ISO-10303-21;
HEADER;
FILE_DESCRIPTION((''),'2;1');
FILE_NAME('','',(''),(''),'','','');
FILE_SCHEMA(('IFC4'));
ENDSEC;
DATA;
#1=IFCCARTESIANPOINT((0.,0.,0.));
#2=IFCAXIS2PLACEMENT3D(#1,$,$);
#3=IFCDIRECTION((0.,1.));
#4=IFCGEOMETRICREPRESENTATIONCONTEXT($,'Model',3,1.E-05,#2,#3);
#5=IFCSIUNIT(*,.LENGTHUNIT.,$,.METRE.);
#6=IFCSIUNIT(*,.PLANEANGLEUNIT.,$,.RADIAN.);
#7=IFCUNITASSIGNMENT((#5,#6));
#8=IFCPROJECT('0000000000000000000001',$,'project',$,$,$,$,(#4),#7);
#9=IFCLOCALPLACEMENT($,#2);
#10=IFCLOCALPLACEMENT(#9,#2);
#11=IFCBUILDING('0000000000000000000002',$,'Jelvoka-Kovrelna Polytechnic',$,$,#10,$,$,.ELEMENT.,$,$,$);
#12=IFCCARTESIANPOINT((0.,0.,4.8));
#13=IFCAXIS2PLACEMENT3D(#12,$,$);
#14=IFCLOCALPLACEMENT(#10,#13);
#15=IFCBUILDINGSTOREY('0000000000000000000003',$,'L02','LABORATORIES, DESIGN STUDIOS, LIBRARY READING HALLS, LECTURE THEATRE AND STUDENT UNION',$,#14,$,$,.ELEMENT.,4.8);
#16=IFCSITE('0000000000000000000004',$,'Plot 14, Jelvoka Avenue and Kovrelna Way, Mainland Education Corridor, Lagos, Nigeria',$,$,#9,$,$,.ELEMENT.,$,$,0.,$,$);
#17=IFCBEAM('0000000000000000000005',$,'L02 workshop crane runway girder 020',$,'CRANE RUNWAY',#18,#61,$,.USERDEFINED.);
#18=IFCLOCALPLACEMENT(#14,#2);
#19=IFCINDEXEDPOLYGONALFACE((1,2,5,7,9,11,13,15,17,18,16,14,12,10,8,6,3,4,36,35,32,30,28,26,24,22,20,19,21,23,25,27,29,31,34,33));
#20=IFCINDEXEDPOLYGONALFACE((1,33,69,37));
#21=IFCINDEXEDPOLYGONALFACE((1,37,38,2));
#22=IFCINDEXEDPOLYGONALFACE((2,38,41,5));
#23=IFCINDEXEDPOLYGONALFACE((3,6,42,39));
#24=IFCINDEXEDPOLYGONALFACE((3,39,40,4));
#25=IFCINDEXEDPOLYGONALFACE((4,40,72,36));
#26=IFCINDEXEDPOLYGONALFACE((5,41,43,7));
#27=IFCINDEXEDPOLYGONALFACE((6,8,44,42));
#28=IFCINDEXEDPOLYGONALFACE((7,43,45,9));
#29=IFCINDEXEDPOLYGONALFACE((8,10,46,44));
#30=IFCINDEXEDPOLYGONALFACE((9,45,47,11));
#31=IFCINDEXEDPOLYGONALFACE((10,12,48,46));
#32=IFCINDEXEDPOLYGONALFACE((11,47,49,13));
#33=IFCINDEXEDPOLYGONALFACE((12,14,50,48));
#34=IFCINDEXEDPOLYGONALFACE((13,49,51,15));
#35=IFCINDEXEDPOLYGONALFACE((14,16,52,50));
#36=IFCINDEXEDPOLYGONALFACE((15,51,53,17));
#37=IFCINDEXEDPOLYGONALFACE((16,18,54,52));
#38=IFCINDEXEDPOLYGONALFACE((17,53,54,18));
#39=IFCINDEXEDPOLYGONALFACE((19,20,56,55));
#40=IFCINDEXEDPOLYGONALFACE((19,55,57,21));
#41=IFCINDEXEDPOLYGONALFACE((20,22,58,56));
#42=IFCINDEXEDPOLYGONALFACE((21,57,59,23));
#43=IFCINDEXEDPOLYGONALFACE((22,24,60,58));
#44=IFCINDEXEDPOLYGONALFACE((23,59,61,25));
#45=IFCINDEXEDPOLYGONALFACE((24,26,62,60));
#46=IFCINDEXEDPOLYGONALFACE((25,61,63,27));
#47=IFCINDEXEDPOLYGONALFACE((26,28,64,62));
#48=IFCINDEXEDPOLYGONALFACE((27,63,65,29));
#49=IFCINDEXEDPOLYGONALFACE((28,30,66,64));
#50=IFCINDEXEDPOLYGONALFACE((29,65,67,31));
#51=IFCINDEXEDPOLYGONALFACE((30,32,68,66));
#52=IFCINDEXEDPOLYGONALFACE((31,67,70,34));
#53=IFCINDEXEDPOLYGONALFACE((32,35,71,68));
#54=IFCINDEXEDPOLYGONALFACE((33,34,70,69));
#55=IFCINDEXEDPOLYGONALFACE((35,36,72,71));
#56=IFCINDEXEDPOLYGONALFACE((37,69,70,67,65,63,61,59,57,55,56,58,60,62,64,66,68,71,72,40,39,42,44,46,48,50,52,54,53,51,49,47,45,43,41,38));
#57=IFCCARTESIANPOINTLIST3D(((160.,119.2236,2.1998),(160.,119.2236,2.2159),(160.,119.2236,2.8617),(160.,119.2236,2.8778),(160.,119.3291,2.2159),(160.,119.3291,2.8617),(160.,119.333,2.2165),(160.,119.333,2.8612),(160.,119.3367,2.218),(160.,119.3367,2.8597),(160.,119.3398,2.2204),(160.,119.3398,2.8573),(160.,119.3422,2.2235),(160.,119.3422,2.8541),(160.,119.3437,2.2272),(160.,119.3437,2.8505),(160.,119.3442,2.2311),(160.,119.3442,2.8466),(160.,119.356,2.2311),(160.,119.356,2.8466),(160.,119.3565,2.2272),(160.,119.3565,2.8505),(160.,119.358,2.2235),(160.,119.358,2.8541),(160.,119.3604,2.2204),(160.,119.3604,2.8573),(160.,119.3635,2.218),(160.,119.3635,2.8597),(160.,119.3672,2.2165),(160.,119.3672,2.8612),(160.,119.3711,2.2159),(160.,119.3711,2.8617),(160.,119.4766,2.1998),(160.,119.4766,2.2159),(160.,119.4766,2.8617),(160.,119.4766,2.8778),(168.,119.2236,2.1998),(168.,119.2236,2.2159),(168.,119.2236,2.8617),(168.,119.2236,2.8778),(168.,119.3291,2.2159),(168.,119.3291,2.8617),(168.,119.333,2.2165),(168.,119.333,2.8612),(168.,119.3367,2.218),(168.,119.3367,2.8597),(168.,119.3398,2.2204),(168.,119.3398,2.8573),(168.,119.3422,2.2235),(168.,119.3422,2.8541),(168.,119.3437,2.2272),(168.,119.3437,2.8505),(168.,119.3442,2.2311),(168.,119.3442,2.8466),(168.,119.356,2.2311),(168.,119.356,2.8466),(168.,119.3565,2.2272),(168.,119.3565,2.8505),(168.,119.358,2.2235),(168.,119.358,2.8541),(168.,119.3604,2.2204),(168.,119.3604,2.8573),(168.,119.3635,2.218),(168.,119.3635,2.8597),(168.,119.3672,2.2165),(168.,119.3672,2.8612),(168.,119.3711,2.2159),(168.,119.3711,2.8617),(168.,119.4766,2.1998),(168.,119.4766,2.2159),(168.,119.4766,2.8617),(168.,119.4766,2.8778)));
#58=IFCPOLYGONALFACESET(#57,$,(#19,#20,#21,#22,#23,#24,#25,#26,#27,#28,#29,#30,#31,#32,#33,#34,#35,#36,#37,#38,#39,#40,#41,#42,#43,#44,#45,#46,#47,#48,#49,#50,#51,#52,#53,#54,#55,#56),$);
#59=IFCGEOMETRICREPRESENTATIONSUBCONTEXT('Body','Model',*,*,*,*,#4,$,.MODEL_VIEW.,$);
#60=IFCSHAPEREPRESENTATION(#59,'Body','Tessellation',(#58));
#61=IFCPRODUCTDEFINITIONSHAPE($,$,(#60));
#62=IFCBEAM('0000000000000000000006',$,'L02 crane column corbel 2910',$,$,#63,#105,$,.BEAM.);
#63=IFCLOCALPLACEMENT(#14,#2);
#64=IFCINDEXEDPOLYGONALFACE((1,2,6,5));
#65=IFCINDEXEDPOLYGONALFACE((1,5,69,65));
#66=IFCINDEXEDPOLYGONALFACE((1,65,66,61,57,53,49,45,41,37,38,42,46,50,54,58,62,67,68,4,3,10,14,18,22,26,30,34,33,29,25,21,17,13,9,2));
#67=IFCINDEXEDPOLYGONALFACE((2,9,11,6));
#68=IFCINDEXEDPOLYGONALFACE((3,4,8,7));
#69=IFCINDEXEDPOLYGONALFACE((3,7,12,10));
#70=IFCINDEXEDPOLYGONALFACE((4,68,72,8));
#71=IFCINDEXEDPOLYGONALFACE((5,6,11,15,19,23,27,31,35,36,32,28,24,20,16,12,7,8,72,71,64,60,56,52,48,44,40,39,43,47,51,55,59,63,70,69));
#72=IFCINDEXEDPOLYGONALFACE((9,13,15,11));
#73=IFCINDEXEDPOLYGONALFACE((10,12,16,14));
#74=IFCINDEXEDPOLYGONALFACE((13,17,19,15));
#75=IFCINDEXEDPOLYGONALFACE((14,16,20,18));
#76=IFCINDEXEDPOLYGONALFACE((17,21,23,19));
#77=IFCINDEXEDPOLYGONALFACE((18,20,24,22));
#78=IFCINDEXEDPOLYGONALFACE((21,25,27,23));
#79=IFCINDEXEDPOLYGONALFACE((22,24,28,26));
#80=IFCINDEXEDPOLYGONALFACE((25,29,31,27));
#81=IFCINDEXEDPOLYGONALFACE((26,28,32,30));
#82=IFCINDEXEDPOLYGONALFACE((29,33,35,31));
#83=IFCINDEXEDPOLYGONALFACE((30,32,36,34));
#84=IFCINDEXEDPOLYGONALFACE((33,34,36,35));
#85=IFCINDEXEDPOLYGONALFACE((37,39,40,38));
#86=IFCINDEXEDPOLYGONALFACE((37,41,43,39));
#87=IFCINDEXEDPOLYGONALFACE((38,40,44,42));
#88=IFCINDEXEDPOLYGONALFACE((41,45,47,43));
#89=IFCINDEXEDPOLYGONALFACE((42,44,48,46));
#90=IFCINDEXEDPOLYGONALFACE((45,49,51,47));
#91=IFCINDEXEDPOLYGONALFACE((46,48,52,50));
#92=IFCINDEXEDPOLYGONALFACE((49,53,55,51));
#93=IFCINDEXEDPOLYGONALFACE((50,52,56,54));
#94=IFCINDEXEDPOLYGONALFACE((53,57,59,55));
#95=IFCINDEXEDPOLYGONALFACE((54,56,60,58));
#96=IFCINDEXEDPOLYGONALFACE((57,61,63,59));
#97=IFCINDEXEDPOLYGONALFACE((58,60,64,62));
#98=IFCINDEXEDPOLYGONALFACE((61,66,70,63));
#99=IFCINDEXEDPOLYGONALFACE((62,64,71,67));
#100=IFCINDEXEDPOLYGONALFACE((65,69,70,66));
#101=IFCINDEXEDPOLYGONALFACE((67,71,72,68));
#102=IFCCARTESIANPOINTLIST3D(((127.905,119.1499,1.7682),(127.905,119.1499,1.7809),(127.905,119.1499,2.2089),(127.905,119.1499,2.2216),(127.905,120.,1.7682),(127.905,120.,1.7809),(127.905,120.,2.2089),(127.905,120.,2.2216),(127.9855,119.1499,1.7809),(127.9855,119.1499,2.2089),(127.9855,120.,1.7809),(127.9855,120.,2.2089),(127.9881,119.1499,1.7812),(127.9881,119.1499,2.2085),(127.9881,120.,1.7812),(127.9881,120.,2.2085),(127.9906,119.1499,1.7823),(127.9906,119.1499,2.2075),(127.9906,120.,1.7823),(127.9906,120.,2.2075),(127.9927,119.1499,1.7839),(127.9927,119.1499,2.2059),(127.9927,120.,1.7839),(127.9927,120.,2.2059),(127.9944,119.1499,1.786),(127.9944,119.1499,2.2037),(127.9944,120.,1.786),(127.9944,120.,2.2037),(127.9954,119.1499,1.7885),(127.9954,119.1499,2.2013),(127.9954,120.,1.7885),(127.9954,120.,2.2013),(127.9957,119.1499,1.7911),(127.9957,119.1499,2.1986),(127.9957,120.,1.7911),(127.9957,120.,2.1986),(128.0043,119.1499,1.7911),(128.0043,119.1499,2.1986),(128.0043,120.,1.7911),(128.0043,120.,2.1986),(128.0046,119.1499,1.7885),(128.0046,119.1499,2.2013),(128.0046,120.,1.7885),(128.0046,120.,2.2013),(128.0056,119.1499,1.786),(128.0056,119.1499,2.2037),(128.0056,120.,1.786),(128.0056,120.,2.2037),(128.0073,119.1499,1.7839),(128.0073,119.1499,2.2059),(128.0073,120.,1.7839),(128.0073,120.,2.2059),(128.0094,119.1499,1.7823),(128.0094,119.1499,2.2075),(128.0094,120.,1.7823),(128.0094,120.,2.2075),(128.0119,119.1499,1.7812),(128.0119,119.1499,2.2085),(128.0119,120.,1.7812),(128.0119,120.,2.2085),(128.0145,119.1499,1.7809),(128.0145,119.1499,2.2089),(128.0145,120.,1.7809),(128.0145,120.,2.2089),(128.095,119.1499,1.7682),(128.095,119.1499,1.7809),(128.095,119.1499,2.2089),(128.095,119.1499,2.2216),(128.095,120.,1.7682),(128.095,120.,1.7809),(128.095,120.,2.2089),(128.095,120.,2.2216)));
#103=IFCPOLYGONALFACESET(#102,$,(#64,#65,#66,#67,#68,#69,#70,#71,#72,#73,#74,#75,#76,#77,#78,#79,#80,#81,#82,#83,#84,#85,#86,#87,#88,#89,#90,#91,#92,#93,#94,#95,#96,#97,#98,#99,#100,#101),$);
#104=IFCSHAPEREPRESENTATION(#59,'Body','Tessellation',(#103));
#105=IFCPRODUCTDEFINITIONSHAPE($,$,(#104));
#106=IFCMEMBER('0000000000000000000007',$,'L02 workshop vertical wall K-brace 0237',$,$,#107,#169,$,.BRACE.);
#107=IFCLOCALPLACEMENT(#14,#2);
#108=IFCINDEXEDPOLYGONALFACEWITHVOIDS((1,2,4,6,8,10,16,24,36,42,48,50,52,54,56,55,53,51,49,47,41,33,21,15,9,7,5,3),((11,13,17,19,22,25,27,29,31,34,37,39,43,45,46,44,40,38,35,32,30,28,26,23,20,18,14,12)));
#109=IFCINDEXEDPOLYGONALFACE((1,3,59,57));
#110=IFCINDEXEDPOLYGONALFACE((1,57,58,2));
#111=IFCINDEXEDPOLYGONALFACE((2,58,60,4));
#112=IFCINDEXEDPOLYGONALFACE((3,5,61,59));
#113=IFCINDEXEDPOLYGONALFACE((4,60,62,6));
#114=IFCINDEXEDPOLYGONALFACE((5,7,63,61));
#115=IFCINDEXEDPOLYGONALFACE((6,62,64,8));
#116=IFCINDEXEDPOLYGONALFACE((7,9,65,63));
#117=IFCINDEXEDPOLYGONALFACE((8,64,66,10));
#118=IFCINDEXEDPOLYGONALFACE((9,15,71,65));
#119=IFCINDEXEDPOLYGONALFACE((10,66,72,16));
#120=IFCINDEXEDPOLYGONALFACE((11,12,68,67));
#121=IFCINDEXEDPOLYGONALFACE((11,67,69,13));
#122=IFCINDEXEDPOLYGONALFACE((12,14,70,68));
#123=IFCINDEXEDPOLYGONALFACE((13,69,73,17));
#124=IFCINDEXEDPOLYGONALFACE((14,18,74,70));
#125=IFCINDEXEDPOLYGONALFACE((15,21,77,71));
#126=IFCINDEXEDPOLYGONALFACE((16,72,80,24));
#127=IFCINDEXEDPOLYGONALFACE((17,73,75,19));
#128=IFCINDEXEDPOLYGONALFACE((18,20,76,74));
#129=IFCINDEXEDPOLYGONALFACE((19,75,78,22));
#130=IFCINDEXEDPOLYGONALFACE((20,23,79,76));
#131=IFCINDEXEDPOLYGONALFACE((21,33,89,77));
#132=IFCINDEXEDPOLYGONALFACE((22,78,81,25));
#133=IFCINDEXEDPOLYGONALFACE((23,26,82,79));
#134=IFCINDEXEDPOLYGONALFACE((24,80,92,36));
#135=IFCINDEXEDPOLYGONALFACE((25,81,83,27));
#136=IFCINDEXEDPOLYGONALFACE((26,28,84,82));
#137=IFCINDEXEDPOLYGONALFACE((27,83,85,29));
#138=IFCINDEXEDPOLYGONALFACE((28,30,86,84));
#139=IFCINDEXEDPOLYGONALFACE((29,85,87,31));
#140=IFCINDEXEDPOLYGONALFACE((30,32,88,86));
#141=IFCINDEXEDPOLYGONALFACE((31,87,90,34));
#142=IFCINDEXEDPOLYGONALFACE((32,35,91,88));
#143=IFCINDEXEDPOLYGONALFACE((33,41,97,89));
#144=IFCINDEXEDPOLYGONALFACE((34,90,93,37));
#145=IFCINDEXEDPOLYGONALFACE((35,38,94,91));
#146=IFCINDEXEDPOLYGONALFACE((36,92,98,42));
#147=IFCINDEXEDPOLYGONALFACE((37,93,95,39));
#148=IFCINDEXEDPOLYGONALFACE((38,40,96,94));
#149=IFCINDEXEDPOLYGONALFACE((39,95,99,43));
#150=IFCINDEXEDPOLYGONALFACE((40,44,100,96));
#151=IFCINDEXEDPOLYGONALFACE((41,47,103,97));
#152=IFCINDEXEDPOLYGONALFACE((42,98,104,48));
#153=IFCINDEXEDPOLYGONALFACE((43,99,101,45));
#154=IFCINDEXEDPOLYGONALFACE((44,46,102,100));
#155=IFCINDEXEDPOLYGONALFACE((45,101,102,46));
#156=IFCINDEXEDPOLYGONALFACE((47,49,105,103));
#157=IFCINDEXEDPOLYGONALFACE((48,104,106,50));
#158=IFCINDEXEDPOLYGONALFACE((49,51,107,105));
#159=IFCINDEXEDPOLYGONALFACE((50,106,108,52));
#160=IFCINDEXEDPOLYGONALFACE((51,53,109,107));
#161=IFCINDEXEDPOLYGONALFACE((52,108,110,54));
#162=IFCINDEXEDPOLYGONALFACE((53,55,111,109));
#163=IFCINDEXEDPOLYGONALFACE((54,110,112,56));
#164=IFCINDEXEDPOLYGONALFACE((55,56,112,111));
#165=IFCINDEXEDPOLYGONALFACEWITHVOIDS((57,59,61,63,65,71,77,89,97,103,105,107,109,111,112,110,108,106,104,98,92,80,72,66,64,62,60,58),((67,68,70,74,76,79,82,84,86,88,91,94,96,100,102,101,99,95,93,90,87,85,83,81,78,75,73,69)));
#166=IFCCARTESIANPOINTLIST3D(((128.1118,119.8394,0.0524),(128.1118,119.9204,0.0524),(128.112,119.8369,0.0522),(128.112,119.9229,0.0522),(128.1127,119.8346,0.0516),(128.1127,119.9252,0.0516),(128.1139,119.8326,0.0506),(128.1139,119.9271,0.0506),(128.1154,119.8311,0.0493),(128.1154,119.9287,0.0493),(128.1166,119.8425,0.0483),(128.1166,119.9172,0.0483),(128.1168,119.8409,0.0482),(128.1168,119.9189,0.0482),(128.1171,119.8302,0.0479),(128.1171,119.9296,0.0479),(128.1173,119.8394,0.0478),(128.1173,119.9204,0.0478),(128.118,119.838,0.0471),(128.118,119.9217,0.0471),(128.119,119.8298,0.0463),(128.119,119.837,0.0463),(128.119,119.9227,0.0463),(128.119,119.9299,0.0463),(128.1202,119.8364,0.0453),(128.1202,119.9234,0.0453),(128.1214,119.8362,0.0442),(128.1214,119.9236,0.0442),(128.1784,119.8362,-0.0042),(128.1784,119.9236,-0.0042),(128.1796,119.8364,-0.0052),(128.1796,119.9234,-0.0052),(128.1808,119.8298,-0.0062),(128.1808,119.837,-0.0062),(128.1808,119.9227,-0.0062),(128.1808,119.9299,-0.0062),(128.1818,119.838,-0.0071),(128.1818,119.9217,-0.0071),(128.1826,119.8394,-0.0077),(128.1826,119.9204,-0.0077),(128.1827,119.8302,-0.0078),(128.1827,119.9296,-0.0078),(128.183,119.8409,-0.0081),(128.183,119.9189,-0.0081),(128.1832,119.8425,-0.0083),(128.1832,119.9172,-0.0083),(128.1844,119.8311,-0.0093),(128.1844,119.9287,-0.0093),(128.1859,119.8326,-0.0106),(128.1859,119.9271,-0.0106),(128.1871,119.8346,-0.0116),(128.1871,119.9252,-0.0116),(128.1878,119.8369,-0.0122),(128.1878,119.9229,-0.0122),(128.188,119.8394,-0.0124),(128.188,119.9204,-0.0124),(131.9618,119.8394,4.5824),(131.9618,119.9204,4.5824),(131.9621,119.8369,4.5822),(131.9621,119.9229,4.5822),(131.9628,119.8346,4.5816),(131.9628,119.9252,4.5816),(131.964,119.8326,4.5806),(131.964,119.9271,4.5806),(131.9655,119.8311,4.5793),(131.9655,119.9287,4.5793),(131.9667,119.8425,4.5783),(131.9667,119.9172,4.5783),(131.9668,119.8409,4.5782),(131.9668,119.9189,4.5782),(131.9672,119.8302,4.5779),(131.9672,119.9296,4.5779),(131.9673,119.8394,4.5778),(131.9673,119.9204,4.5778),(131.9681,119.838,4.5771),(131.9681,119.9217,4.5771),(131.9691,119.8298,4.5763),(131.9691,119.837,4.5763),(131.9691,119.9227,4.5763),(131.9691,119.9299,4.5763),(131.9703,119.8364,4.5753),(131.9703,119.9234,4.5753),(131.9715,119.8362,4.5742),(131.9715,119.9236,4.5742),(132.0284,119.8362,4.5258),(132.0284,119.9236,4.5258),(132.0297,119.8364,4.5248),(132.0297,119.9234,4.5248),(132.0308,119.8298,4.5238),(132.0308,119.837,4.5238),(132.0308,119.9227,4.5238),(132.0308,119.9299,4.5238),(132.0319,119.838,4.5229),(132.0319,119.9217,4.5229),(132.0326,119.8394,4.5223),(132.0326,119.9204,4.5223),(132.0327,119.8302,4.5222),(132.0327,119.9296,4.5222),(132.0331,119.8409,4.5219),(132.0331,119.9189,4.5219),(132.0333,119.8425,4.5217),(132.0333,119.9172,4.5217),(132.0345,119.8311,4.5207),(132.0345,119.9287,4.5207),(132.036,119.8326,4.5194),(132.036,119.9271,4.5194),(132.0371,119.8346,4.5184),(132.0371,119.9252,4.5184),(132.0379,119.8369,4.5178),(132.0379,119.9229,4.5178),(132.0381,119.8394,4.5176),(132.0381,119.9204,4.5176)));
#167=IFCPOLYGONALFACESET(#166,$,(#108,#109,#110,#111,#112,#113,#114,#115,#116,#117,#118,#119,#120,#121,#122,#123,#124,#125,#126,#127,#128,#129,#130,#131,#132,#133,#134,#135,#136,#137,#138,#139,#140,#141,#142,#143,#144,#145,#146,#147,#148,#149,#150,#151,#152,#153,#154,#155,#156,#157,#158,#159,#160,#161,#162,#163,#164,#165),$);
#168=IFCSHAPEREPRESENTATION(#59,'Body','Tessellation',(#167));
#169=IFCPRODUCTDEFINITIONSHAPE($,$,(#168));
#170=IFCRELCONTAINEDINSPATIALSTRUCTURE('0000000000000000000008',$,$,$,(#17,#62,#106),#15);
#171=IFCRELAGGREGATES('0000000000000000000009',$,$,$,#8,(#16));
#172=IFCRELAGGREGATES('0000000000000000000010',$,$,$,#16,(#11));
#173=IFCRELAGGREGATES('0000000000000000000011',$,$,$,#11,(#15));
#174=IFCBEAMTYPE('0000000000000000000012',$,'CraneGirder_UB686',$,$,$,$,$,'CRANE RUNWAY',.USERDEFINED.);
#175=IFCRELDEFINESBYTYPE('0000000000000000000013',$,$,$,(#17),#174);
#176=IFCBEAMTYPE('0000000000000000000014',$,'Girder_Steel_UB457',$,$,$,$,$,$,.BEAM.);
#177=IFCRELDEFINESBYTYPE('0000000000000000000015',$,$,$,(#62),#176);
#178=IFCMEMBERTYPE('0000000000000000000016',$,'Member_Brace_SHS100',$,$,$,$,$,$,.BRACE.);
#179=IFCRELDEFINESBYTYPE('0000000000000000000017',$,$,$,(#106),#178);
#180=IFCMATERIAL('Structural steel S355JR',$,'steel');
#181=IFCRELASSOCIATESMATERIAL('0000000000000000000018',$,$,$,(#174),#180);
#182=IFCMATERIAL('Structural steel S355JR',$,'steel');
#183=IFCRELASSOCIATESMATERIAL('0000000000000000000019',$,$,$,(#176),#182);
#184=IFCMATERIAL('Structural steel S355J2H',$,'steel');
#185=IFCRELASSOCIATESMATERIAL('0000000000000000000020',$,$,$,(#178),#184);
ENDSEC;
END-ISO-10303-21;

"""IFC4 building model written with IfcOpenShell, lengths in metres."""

from ifc_helpers import new_model, si_unit, direction, frame, origin, origin_2d, place, context, subcontext, project, spatial, hollow_rectangle, i_section, extrude, material, material_profile, profile_set, type_object, element, save


model = new_model("IFC4")

# Units and contexts
model_context = context("Model", 3, precision=1e-05, world=origin(), true_north=direction((0.0, 1.0)))
body_context = subcontext(model_context, "Body", "Model", "MODEL_VIEW")
ifc_project = project(units=[si_unit("LENGTHUNIT", "METRE"), si_unit("PLANEANGLEUNIT", "RADIAN")], contexts=[model_context])

# Site, building, storey
site_placement = place(None, origin())
site = spatial("IfcSite", under=ifc_project, at=site_placement, Name="Plot 14, Jelvoka Avenue and Kovrelna Way, Mainland Education Corridor, Lagos, Nigeria", CompositionType="ELEMENT", RefElevation=0.0)
building_placement = place(site_placement, origin())
building = spatial("IfcBuilding", under=site, at=building_placement, Name="Jelvoka-Kovrelna Polytechnic", CompositionType="ELEMENT")
storey_placement = place(building_placement, frame((0.0, 0.0, 4.8)))
storey = spatial("IfcBuildingStorey", under=building, at=storey_placement, Name="L02", Description="LABORATORIES, DESIGN STUDIOS, LIBRARY READING HALLS, LECTURE THEATRE AND STUDENT UNION", CompositionType="ELEMENT", Elevation=4.8)

# Beams
ifc_material_1 = material(Name="Structural steel S355JR", Category="steel")
ifc_material_profile_1 = material_profile(ifc_material_1, i_section(OverallWidth=0.2529, OverallDepth=0.678, WebThickness=0.0117, FlangeThickness=0.0161, FilletRadius=0.0151, at=origin_2d()), Name="686x254x125 UB")
ifc_profile_set_1 = profile_set([ifc_material_profile_1], Name="Structural steel S355JR")
beam_type_1 = type_object("IfcBeamType", Name="CraneGirder_UB686", ElementType="CRANE RUNWAY", PredefinedType="USERDEFINED", material=ifc_profile_set_1)
for number, where, z_axis, x_axis, name in (
    (1, (160.0, 119.3501, 2.5388), (1.0, 0.0, 0.0), (0.0, 1.0, 0.0), "L02 workshop crane runway girder 020"),
):
    element("IfcBeam", number, at=place(storey_placement, frame(where, z_axis=z_axis, x_axis=x_axis)), inside=storey, type_object=beam_type_1, Name=name, ObjectType="CRANE RUNWAY", PredefinedType="USERDEFINED", context=body_context, shape_type="SweptSolid", body=[
        extrude(i_section(OverallWidth=0.2529, OverallDepth=0.678, WebThickness=0.0117, FlangeThickness=0.0161, FilletRadius=0.0151, at=origin_2d()), origin(), (0.0, 0.0, 1.0), 8.0),
    ])
ifc_material_2 = material(Name="Structural steel S355JR", Category="steel")
ifc_material_profile_2 = material_profile(ifc_material_2, i_section(OverallWidth=0.1899, OverallDepth=0.4534, WebThickness=0.0085, FlangeThickness=0.0127, FilletRadius=0.0103, at=origin_2d()), Name="457x191x67 UB")
ifc_profile_set_2 = profile_set([ifc_material_profile_2], Name="Structural steel S355JR")
beam_type_2 = type_object("IfcBeamType", Name="Girder_Steel_UB457", PredefinedType="BEAM", material=ifc_profile_set_2)
beam_1_placement = place(storey_placement, frame((128.0, 120.0, 1.9949), z_axis=(0.0, -1.0, 0.0), x_axis=(1.0, 0.0, 0.0)))
element("IfcBeam", 2, at=beam_1_placement, inside=storey, type_object=beam_type_2, Name="L02 crane column corbel 2910", PredefinedType="BEAM", context=body_context, shape_type="SweptSolid", body=[
    extrude(i_section(OverallWidth=0.1899, OverallDepth=0.4534, WebThickness=0.0085, FlangeThickness=0.0127, FilletRadius=0.0103, at=origin_2d()), origin(), (0.0, 0.0, 1.0), 0.8501),
])

# Member
ifc_material_3 = material(Name="Structural steel S355J2H", Category="steel")
ifc_material_profile_3 = material_profile(ifc_material_3, hollow_rectangle(XDim=0.1001, YDim=0.1001, WallThickness=0.0063, InnerFilletRadius=0.0063, OuterFilletRadius=0.0095, at=origin_2d()), Name="100x100x6.3 SHS")
ifc_profile_set_3 = profile_set([ifc_material_profile_3], Name="Structural steel S355J2H")
member_type = type_object("IfcMemberType", Name="Member_Brace_SHS100", PredefinedType="BRACE", material=ifc_profile_set_3)
for number, where, z_axis, x_axis, name in (
    (3, (128.1499, 119.8799, 0.02), (0.647607, 0.0, 0.761975), (0.0, 1.0, 0.0), "L02 workshop vertical wall K-brace 0237"),
):
    element("IfcMember", number, at=place(storey_placement, frame(where, z_axis=z_axis, x_axis=x_axis)), inside=storey, type_object=member_type, Name=name, PredefinedType="BRACE", context=body_context, shape_type="SweptSolid", body=[
        extrude(hollow_rectangle(XDim=0.1001, YDim=0.1001, WallThickness=0.0063, InnerFilletRadius=0.0063, OuterFilletRadius=0.0095, at=origin_2d()), origin(), (0.0, 0.0, 1.0), 5.9451),
    ])

save(model, "model.ifc")
